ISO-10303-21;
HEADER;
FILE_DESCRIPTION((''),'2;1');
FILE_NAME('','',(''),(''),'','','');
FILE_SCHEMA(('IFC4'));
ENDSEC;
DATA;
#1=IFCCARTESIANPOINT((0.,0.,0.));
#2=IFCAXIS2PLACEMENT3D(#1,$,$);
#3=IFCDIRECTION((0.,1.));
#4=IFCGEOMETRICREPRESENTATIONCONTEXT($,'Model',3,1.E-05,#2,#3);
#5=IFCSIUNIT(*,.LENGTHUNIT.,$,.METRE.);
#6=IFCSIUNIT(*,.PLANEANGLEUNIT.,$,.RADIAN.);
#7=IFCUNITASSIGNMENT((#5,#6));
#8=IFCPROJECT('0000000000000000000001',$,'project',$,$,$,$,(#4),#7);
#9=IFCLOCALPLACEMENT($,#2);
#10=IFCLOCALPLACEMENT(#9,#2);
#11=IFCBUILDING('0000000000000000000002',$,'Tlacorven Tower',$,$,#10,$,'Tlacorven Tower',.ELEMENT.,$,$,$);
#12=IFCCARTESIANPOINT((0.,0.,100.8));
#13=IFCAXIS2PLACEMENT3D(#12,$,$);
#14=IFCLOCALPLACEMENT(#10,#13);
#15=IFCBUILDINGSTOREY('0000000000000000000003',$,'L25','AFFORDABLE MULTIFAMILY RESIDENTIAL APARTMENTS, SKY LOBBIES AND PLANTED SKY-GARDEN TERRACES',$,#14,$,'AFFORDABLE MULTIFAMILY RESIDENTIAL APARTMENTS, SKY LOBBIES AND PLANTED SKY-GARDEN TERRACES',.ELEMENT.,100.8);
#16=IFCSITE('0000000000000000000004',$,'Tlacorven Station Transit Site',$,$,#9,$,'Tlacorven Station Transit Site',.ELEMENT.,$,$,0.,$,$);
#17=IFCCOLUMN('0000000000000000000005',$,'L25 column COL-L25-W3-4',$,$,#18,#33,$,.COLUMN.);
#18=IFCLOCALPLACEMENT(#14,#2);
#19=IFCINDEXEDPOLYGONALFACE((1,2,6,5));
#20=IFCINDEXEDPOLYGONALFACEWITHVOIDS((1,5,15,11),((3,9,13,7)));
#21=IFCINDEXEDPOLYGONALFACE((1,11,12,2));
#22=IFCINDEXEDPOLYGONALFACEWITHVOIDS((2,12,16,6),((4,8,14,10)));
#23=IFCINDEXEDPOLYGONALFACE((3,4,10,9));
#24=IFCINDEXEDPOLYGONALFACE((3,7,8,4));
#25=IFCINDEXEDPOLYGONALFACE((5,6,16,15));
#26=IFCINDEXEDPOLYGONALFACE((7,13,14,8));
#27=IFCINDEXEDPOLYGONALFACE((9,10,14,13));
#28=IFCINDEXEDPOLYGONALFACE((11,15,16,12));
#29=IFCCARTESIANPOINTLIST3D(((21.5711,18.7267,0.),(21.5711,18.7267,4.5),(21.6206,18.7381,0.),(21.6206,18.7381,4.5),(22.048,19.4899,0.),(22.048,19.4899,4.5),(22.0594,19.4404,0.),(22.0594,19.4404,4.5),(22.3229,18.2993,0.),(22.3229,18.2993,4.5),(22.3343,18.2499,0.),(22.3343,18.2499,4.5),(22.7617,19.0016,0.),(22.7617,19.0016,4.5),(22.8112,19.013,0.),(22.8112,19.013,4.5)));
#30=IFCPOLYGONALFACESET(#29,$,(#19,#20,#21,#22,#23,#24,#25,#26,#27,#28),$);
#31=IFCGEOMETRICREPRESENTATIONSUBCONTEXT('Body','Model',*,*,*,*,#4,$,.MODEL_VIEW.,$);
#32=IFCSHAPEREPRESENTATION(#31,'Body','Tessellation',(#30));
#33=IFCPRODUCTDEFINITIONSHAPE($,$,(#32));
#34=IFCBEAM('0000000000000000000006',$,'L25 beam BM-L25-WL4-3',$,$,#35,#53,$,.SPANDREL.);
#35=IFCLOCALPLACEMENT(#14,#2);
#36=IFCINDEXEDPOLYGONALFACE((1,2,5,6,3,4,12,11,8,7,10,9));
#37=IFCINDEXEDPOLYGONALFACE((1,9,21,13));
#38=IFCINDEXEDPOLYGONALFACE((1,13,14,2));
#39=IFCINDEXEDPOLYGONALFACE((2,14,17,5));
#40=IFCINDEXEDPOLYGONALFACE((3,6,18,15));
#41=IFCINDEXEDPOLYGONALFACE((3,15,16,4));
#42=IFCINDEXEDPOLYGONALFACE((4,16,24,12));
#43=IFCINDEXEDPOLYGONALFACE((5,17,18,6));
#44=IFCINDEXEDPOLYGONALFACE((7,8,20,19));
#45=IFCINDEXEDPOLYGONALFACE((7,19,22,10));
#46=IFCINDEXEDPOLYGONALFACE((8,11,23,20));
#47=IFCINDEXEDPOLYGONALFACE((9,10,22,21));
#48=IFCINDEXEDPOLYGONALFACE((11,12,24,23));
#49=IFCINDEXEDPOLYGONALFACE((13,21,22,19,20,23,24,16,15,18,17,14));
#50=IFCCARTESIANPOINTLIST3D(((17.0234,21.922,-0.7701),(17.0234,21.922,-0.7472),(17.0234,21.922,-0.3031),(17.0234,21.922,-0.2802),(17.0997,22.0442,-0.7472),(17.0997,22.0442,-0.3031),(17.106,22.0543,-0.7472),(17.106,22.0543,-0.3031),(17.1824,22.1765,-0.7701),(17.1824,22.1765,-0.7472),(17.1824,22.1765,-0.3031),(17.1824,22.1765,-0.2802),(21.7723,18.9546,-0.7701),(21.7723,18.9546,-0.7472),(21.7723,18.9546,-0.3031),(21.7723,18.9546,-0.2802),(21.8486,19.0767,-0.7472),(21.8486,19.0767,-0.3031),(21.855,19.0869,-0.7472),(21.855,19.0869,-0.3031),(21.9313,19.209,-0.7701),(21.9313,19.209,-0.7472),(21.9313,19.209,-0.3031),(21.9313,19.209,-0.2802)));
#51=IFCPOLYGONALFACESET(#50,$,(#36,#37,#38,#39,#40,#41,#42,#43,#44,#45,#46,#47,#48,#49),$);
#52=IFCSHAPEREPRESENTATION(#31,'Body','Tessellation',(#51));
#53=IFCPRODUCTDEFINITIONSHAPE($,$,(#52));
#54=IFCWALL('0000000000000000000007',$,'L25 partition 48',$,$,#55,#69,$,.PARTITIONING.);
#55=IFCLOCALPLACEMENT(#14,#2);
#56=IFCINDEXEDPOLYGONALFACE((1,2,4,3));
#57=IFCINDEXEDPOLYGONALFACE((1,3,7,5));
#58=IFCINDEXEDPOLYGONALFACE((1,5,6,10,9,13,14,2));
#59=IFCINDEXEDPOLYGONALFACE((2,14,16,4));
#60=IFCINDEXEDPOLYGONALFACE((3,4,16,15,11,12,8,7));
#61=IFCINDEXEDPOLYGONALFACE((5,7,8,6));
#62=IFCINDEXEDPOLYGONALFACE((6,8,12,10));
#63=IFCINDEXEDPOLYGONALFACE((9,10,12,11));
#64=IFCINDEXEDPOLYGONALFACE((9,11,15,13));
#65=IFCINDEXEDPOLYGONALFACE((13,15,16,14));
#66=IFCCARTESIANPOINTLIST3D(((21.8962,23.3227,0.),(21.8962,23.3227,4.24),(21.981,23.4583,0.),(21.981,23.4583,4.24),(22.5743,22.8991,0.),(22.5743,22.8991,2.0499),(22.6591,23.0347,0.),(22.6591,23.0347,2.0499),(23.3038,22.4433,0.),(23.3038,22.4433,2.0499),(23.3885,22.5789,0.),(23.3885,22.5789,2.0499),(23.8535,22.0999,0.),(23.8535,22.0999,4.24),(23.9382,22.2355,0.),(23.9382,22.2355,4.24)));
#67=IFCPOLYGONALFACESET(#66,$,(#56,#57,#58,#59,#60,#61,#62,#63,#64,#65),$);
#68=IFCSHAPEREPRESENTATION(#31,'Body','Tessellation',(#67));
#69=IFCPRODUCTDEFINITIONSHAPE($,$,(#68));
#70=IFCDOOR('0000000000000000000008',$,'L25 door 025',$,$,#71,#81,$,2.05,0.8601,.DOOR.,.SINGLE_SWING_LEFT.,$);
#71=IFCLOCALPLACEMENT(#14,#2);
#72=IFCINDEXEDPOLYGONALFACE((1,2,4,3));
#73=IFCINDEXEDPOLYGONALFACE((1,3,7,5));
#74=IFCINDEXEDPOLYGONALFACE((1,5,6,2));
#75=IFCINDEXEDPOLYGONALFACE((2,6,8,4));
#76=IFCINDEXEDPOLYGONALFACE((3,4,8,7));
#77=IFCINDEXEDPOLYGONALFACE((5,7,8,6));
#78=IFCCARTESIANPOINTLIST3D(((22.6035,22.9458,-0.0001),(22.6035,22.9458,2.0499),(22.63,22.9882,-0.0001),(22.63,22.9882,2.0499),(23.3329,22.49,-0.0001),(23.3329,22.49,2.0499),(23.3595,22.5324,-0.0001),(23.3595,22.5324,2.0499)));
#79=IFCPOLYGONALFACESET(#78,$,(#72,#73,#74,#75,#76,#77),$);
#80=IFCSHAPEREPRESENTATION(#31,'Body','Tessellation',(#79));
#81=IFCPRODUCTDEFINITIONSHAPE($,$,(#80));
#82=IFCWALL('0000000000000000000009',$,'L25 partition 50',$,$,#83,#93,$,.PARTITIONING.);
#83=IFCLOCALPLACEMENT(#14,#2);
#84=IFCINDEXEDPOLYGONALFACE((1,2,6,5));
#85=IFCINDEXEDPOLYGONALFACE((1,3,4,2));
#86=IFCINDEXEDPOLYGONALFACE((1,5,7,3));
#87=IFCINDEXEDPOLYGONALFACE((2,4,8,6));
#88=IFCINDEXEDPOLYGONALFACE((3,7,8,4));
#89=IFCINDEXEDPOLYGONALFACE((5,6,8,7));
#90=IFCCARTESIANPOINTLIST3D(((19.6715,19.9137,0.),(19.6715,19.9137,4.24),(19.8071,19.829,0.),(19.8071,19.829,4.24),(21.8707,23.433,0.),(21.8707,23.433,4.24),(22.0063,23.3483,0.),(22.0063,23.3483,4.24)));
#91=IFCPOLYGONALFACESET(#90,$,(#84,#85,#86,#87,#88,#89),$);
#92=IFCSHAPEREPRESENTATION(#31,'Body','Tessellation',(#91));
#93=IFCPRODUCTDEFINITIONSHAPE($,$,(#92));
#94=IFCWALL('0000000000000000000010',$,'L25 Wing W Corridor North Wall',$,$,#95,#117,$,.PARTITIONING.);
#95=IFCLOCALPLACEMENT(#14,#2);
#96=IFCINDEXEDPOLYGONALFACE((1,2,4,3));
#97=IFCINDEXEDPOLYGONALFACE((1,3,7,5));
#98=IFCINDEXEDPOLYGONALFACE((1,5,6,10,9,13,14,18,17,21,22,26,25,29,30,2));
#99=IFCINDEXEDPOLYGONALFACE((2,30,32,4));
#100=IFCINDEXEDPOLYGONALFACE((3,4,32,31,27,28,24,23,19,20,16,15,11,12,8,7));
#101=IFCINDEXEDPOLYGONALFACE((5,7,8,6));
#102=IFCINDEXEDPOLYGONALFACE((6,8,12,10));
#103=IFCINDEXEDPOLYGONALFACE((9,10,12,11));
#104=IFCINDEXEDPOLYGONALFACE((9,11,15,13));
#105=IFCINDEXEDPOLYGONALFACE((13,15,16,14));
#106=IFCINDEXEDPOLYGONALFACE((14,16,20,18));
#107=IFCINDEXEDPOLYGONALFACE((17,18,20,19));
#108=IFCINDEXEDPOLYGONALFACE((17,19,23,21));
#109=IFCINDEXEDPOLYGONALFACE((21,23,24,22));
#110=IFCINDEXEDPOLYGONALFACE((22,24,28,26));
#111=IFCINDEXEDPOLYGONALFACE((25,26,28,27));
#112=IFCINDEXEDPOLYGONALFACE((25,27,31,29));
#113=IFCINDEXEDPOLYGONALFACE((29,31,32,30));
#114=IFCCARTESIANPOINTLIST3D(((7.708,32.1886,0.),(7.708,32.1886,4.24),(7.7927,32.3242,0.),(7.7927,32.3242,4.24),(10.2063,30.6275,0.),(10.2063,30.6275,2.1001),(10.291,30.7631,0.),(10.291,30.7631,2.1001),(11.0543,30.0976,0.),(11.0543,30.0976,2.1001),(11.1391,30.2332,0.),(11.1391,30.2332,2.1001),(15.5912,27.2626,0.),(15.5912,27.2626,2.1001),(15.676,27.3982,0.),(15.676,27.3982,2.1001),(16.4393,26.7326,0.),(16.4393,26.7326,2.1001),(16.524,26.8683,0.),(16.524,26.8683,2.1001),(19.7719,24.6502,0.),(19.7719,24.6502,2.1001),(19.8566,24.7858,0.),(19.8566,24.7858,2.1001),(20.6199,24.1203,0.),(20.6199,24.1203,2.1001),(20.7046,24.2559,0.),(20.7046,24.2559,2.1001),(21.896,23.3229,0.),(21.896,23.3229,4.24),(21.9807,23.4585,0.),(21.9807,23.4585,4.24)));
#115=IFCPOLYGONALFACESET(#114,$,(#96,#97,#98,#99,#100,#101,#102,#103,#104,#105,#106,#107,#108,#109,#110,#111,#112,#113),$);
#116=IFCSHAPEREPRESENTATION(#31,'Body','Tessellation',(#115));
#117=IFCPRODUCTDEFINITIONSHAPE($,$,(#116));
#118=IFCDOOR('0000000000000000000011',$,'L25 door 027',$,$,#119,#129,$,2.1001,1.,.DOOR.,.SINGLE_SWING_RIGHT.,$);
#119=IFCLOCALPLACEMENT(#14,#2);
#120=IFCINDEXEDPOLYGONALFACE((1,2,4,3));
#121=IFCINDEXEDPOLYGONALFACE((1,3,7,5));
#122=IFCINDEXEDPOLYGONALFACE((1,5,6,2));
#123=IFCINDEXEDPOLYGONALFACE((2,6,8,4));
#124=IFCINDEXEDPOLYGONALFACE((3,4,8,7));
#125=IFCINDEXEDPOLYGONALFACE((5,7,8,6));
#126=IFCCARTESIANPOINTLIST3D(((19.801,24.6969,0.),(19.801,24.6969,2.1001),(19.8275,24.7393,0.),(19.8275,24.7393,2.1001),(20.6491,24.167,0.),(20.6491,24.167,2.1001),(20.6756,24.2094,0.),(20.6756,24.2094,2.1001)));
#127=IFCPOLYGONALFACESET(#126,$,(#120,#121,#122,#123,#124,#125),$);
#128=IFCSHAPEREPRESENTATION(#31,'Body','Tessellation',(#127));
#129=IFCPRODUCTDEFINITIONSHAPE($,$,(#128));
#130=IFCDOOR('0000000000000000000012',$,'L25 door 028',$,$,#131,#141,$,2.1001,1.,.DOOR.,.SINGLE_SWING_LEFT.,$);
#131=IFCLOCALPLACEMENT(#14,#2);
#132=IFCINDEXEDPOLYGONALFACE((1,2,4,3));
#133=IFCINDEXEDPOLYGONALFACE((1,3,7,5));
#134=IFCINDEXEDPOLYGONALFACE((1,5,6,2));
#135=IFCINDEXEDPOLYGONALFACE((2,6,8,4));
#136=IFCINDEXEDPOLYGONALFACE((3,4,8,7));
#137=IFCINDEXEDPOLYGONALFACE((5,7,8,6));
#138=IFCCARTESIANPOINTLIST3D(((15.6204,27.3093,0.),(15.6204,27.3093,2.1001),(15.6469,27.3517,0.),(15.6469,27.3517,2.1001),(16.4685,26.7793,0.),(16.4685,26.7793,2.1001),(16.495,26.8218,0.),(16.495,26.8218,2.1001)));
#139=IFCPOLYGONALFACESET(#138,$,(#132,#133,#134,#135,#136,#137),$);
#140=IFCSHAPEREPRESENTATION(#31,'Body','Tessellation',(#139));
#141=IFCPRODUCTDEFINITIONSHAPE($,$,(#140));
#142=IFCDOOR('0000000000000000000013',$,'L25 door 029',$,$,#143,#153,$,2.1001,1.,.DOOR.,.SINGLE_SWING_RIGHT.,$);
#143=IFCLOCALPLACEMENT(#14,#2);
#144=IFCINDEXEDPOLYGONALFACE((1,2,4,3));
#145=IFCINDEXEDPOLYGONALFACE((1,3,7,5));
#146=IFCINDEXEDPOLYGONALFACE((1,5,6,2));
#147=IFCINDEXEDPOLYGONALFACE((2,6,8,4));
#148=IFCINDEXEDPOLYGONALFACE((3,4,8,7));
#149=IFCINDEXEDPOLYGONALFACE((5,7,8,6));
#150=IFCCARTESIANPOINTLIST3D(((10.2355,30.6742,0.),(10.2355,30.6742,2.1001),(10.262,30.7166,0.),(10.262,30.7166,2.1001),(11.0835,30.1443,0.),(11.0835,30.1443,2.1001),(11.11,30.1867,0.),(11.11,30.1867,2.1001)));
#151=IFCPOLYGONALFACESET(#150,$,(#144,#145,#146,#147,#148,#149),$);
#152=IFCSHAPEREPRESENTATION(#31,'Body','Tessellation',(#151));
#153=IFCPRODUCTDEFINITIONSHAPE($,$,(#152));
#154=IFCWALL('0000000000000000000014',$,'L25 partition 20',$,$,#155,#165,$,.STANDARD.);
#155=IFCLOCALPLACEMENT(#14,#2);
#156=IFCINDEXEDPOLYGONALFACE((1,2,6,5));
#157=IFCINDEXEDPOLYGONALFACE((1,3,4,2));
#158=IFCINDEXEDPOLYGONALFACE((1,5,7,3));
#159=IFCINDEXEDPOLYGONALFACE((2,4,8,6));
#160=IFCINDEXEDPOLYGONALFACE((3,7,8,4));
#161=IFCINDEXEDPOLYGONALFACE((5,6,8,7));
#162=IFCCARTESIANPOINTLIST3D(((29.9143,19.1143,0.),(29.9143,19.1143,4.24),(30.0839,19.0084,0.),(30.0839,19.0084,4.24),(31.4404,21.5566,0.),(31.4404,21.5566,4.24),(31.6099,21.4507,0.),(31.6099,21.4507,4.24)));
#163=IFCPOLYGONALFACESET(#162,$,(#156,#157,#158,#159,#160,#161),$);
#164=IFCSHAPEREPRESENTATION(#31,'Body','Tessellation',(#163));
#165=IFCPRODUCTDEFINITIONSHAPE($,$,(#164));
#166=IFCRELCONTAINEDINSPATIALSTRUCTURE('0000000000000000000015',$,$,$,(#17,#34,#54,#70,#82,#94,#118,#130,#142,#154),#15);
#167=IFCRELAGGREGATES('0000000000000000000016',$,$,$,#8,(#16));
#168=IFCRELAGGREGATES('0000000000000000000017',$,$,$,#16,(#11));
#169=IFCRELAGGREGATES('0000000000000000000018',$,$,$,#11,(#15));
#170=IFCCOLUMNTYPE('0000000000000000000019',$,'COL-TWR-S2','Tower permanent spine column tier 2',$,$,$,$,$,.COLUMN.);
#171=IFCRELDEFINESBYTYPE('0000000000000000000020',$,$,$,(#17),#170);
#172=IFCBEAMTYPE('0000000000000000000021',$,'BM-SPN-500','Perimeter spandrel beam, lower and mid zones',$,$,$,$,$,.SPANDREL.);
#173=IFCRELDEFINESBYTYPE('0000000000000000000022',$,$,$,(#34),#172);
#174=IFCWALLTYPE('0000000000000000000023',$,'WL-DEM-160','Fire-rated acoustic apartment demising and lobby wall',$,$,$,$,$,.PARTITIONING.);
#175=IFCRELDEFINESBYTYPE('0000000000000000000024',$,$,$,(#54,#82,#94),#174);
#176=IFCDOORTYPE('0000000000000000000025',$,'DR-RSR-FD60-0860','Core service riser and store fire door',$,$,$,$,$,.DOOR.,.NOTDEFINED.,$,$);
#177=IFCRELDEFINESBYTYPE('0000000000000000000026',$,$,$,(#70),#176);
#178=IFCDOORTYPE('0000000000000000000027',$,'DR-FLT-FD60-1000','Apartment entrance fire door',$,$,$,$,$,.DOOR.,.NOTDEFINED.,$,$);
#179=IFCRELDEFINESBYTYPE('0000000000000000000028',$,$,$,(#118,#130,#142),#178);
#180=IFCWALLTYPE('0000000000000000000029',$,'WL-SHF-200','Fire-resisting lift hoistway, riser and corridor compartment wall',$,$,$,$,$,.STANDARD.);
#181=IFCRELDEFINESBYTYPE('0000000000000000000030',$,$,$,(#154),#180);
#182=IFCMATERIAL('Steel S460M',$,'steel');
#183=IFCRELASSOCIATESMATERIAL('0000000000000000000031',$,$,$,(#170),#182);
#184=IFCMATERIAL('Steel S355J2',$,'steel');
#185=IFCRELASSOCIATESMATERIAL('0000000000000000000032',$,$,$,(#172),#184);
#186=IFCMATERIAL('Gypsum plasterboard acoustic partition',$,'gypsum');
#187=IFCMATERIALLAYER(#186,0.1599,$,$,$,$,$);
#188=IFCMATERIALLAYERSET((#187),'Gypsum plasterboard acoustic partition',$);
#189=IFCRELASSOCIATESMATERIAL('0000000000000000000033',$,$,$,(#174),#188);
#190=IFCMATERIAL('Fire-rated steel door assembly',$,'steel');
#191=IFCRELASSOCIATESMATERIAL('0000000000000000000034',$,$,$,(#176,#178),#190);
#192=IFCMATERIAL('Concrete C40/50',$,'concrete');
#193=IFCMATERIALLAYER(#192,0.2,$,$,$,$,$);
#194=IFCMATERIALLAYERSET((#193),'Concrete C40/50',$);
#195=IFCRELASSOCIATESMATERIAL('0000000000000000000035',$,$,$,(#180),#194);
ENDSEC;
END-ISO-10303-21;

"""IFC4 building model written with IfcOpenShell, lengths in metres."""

from ifc_helpers import new_model, si_unit, direction, frame, frame_2d, origin, origin_2d, place, context, subcontext, project, spatial, rectangle, hollow_rectangle, i_section, extrude, source, transform, mapped, material, layer, layer_set, material_profile, profile_set, type_object, element, fill, save


model = new_model("IFC4")

# Units and contexts
model_context = context("Model", 3, precision=1e-05, world=origin(), true_north=direction((0.0, 1.0)))
body_context = subcontext(model_context, "Body", "Model", "MODEL_VIEW")
ifc_project = project(units=[si_unit("LENGTHUNIT", "METRE"), si_unit("PLANEANGLEUNIT", "RADIAN")], contexts=[model_context])

# Site, building, storey
site_placement = place(None, origin())
site = spatial("IfcSite", under=ifc_project, at=site_placement, Name="Tlacorven Station Transit Site", LongName="Tlacorven Station Transit Site", CompositionType="ELEMENT", RefElevation=0.0)
building_placement = place(site_placement, origin())
building = spatial("IfcBuilding", under=site, at=building_placement, Name="Tlacorven Tower", LongName="Tlacorven Tower", CompositionType="ELEMENT")
storey_placement = place(building_placement, frame((0.0, 0.0, 100.8)))
storey = spatial("IfcBuildingStorey", under=building, at=storey_placement, Name="L25", Description="AFFORDABLE MULTIFAMILY RESIDENTIAL APARTMENTS, SKY LOBBIES AND PLANTED SKY-GARDEN TERRACES", LongName="AFFORDABLE MULTIFAMILY RESIDENTIAL APARTMENTS, SKY LOBBIES AND PLANTED SKY-GARDEN TERRACES", CompositionType="ELEMENT", Elevation=100.8)

# Column
ifc_material_1 = material(Name="Steel S460M", Category="steel")
ifc_material_profile_1 = material_profile(ifc_material_1, hollow_rectangle(XDim=0.8999, YDim=0.8999, WallThickness=0.0359, at=origin_2d()), Name="BOX 900X900X36")
ifc_profile_set_1 = profile_set([ifc_material_profile_1], Name="Steel S460M")
column_type = type_object("IfcColumnType", Name="COL-TWR-S2", Description="Tower permanent spine column tier 2", PredefinedType="COLUMN", material=ifc_profile_set_1)
shared_shape_1 = source(origin(), body_context, "Body", "SweptSolid", [
    extrude(hollow_rectangle(XDim=0.8999, YDim=0.8999, WallThickness=0.0359, at=origin_2d()), origin(), (0.0, 0.0, 1.0), 4.5),
])
column_placement = place(storey_placement, frame((22.1912, 18.8699, 0.0), z_axis=(0.0, 0.0, 1.0), x_axis=(-0.848048, 0.529919, 0.0)))
element("IfcColumn", 1, at=column_placement, inside=storey, type_object=column_type, Name="L25 column COL-L25-W3-4", PredefinedType="COLUMN", context=body_context, shape_type="MappedRepresentation", body=[
    mapped(shared_shape_1, transform((0.0, 0.0, 0.0), scale=1.0)),
])

# Beam
ifc_material_2 = material(Name="Steel S355J2", Category="steel")
ifc_material_profile_2 = material_profile(ifc_material_2, i_section(OverallWidth=0.3, OverallDepth=0.49, WebThickness=0.012, FlangeThickness=0.0229, at=origin_2d()), Name="HEA 500")
ifc_profile_set_2 = profile_set([ifc_material_profile_2], Name="Steel S355J2")
beam_type = type_object("IfcBeamType", Name="BM-SPN-500", Description="Perimeter spandrel beam, lower and mid zones", PredefinedType="SPANDREL", material=ifc_profile_set_2)
shared_shape_2 = source(origin(), body_context, "Body", "SweptSolid", [
    extrude(i_section(OverallWidth=0.3, OverallDepth=0.49, WebThickness=0.012, FlangeThickness=0.0229, at=origin_2d()), origin(), (0.0, 0.0, 1.0), 5.5999),
])
beam_placement = place(storey_placement, frame((21.8518, 19.0818, -0.5251), z_axis=(-0.848047, 0.529921, 0.0), x_axis=(-0.529921, -0.848047, 0.0)))
element("IfcBeam", 2, at=beam_placement, inside=storey, type_object=beam_type, Name="L25 beam BM-L25-WL4-3", PredefinedType="SPANDREL", context=body_context, shape_type="MappedRepresentation", body=[
    mapped(shared_shape_2, transform((0.0, 0.0, 0.0), scale=1.0)),
])

# Wall, opening, door
ifc_material_3 = material(Name="Gypsum plasterboard acoustic partition", Category="gypsum")
ifc_layer_1 = layer(ifc_material_3, 0.1599)
ifc_layer_set_1 = layer_set([ifc_layer_1], Name="Gypsum plasterboard acoustic partition")
wall_type_1 = type_object("IfcWallType", Name="WL-DEM-160", Description="Fire-rated acoustic apartment demising and lobby wall", PredefinedType="PARTITIONING", material=ifc_layer_set_1)
wall_1_placement = place(storey_placement, frame((23.8958, 22.1677, 0.0), z_axis=(0.0, 0.0, 1.0), x_axis=(-0.848076, 0.529875, 0.0)))
wall_1 = element("IfcWall", 3, at=wall_1_placement, inside=storey, type_object=wall_type_1, Name="L25 partition 48", PredefinedType="PARTITIONING", context=body_context, shape_type="SweptSolid", body=[
    extrude(rectangle(XDim=2.3079, YDim=0.1599, at=frame_2d((1.1538, 0.0))), origin(), (0.0, 0.0, 1.0), 4.24),
])
opening_1_placement = place(wall_1_placement, frame((0.6479, 0.0, 0.0)))
opening_1 = element("IfcOpeningElement", 4, at=opening_1_placement, cuts=wall_1, PredefinedType="OPENING", context=body_context, shape_type="SweptSolid", body=[
    extrude(rectangle(XDim=0.8601, YDim=2.05, at=frame_2d((0.4302, 1.0249))), frame((0.0, 0.0898, 0.0), z_axis=(0.0, -1.0, 0.0), x_axis=(1.0, 0.0, 0.0)), (0.0, 0.0, 1.0), 0.1799),
])
ifc_material_4 = material(Name="Fire-rated steel door assembly", Category="steel")
door_type_1 = type_object("IfcDoorType", Name="DR-RSR-FD60-0860", Description="Core service riser and store fire door", OperationType="NOTDEFINED", PredefinedType="DOOR", material=ifc_material_4)
shared_shape_3 = source(origin(), body_context, "Body", "SweptSolid", [
    extrude(rectangle(XDim=0.8601, YDim=2.05, at=frame_2d((0.4302, 1.0249))), frame((0.0, 0.0249, 0.0), z_axis=(0.0, -1.0, 0.0), x_axis=(1.0, 0.0, 0.0)), (0.0, 0.0, 1.0), 0.05),
])
door_1_placement = place(opening_1_placement, origin())
door_1 = element("IfcDoor", 5, at=door_1_placement, inside=storey, type_object=door_type_1, Name="L25 door 025", OperationType="SINGLE_SWING_LEFT", OverallHeight=2.05, OverallWidth=0.8601, PredefinedType="DOOR", context=body_context, shape_type="MappedRepresentation", body=[
    mapped(shared_shape_3, transform((0.0, 0.0, 0.0), scale=1.0)),
])
fill(opening_1, door_1)

# Wall
wall_2_placement = place(storey_placement, frame((21.9385, 23.3906, 0.0), z_axis=(0.0, 0.0, 1.0), x_axis=(-0.529941, -0.848035, 0.0)))
element("IfcWall", 6, at=wall_2_placement, inside=storey, type_object=wall_type_1, Name="L25 partition 50", PredefinedType="PARTITIONING", context=body_context, shape_type="SweptSolid", body=[
    extrude(rectangle(XDim=4.1499, YDim=0.1599, at=frame_2d((2.075, 0.0))), origin(), (0.0, 0.0, 1.0), 4.24),
])

# Wall, openings, doors
wall_3_placement = place(storey_placement, frame((21.9385, 23.3906, 0.0), z_axis=(0.0, 0.0, 1.0), x_axis=(-0.848046, 0.529923, 0.0)))
wall_3 = element("IfcWall", 7, at=wall_3_placement, inside=storey, type_object=wall_type_1, Name="L25 Wing W Corridor North Wall", PredefinedType="PARTITIONING", context=body_context, shape_type="SweptSolid", body=[
    extrude(rectangle(XDim=16.7302, YDim=0.1599, at=frame_2d((8.3652, 0.0))), origin(), (0.0, 0.0, 1.0), 4.24),
])
opening_2_placement = place(wall_3_placement, frame((1.5049, 0.0, 0.0)))
opening_2 = element("IfcOpeningElement", 8, at=opening_2_placement, cuts=wall_3, PredefinedType="OPENING", context=body_context, shape_type="SweptSolid", body=[
    extrude(rectangle(XDim=1.0, YDim=2.1001, at=frame_2d((0.5, 1.05))), frame((0.0, 0.0898, 0.0), z_axis=(0.0, -1.0, 0.0), x_axis=(1.0, 0.0, 0.0)), (0.0, 0.0, 1.0), 0.1799),
])
opening_3_placement = place(wall_3_placement, frame((6.4346, 0.0, 0.0)))
opening_3 = element("IfcOpeningElement", 9, at=opening_3_placement, cuts=wall_3, PredefinedType="OPENING", context=body_context, shape_type="SweptSolid", body=[
    extrude(rectangle(XDim=1.0, YDim=2.1001, at=frame_2d((0.5, 1.05))), frame((0.0, 0.0898, 0.0), z_axis=(0.0, -1.0, 0.0), x_axis=(1.0, 0.0, 0.0)), (0.0, 0.0, 1.0), 0.1799),
])
opening_4_placement = place(wall_3_placement, frame((12.7844, 0.0, 0.0)))
opening_4 = element("IfcOpeningElement", 10, at=opening_4_placement, cuts=wall_3, PredefinedType="OPENING", context=body_context, shape_type="SweptSolid", body=[
    extrude(rectangle(XDim=1.0, YDim=2.1001, at=frame_2d((0.5, 1.05))), frame((0.0, 0.0898, 0.0), z_axis=(0.0, -1.0, 0.0), x_axis=(1.0, 0.0, 0.0)), (0.0, 0.0, 1.0), 0.1799),
])
door_type_2 = type_object("IfcDoorType", Name="DR-FLT-FD60-1000", Description="Apartment entrance fire door", OperationType="NOTDEFINED", PredefinedType="DOOR", material=ifc_material_4)
shared_shape_4 = source(origin(), body_context, "Body", "SweptSolid", [
    extrude(rectangle(XDim=1.0, YDim=2.1001, at=frame_2d((0.5, 1.05))), frame((0.0, 0.0249, 0.0), z_axis=(0.0, -1.0, 0.0), x_axis=(1.0, 0.0, 0.0)), (0.0, 0.0, 1.0), 0.05),
])
door_2_placement = place(opening_2_placement, origin())
door_2 = element("IfcDoor", 11, at=door_2_placement, inside=storey, type_object=door_type_2, Name="L25 door 027", OperationType="SINGLE_SWING_RIGHT", OverallHeight=2.1001, OverallWidth=1.0, PredefinedType="DOOR", context=body_context, shape_type="MappedRepresentation", body=[
    mapped(shared_shape_4, transform((0.0, 0.0, 0.0), scale=1.0)),
])
fill(opening_2, door_2)
door_3_placement = place(opening_3_placement, origin())
door_3 = element("IfcDoor", 12, at=door_3_placement, inside=storey, type_object=door_type_2, Name="L25 door 028", OperationType="SINGLE_SWING_LEFT", OverallHeight=2.1001, OverallWidth=1.0, PredefinedType="DOOR", context=body_context, shape_type="MappedRepresentation", body=[
    mapped(shared_shape_4, transform((0.0, 0.0, 0.0), scale=1.0)),
])
fill(opening_3, door_3)
door_4_placement = place(opening_4_placement, origin())
door_4 = element("IfcDoor", 13, at=door_4_placement, inside=storey, type_object=door_type_2, Name="L25 door 029", OperationType="SINGLE_SWING_RIGHT", OverallHeight=2.1001, OverallWidth=1.0, PredefinedType="DOOR", context=body_context, shape_type="MappedRepresentation", body=[
    mapped(shared_shape_4, transform((0.0, 0.0, 0.0), scale=1.0)),
])
fill(opening_4, door_4)

# Wall
ifc_material_5 = material(Name="Concrete C40/50", Category="concrete")
ifc_layer_2 = layer(ifc_material_5, 0.2)
ifc_layer_set_2 = layer_set([ifc_layer_2], Name="Concrete C40/50")
wall_type_2 = type_object("IfcWallType", Name="WL-SHF-200", Description="Fire-resisting lift hoistway, riser and corridor compartment wall", PredefinedType="STANDARD", material=ifc_layer_set_2)
for number, where, z_axis, x_axis, name in (
    (14, (31.5251, 21.5037, 0.0), (0.0, 0.0, 1.0), (-0.529907, -0.848055, 0.0), "L25 partition 20"),
):
    element("IfcWall", number, at=place(storey_placement, frame(where, z_axis=z_axis, x_axis=x_axis)), inside=storey, type_object=wall_type_2, Name=name, PredefinedType="STANDARD", context=body_context, shape_type="SweptSolid", body=[
        extrude(rectangle(XDim=2.8799, YDim=0.2, at=frame_2d((1.4399, 0.0))), origin(), (0.0, 0.0, 1.0), 4.24),
    ])

save(model, "model.ifc")
